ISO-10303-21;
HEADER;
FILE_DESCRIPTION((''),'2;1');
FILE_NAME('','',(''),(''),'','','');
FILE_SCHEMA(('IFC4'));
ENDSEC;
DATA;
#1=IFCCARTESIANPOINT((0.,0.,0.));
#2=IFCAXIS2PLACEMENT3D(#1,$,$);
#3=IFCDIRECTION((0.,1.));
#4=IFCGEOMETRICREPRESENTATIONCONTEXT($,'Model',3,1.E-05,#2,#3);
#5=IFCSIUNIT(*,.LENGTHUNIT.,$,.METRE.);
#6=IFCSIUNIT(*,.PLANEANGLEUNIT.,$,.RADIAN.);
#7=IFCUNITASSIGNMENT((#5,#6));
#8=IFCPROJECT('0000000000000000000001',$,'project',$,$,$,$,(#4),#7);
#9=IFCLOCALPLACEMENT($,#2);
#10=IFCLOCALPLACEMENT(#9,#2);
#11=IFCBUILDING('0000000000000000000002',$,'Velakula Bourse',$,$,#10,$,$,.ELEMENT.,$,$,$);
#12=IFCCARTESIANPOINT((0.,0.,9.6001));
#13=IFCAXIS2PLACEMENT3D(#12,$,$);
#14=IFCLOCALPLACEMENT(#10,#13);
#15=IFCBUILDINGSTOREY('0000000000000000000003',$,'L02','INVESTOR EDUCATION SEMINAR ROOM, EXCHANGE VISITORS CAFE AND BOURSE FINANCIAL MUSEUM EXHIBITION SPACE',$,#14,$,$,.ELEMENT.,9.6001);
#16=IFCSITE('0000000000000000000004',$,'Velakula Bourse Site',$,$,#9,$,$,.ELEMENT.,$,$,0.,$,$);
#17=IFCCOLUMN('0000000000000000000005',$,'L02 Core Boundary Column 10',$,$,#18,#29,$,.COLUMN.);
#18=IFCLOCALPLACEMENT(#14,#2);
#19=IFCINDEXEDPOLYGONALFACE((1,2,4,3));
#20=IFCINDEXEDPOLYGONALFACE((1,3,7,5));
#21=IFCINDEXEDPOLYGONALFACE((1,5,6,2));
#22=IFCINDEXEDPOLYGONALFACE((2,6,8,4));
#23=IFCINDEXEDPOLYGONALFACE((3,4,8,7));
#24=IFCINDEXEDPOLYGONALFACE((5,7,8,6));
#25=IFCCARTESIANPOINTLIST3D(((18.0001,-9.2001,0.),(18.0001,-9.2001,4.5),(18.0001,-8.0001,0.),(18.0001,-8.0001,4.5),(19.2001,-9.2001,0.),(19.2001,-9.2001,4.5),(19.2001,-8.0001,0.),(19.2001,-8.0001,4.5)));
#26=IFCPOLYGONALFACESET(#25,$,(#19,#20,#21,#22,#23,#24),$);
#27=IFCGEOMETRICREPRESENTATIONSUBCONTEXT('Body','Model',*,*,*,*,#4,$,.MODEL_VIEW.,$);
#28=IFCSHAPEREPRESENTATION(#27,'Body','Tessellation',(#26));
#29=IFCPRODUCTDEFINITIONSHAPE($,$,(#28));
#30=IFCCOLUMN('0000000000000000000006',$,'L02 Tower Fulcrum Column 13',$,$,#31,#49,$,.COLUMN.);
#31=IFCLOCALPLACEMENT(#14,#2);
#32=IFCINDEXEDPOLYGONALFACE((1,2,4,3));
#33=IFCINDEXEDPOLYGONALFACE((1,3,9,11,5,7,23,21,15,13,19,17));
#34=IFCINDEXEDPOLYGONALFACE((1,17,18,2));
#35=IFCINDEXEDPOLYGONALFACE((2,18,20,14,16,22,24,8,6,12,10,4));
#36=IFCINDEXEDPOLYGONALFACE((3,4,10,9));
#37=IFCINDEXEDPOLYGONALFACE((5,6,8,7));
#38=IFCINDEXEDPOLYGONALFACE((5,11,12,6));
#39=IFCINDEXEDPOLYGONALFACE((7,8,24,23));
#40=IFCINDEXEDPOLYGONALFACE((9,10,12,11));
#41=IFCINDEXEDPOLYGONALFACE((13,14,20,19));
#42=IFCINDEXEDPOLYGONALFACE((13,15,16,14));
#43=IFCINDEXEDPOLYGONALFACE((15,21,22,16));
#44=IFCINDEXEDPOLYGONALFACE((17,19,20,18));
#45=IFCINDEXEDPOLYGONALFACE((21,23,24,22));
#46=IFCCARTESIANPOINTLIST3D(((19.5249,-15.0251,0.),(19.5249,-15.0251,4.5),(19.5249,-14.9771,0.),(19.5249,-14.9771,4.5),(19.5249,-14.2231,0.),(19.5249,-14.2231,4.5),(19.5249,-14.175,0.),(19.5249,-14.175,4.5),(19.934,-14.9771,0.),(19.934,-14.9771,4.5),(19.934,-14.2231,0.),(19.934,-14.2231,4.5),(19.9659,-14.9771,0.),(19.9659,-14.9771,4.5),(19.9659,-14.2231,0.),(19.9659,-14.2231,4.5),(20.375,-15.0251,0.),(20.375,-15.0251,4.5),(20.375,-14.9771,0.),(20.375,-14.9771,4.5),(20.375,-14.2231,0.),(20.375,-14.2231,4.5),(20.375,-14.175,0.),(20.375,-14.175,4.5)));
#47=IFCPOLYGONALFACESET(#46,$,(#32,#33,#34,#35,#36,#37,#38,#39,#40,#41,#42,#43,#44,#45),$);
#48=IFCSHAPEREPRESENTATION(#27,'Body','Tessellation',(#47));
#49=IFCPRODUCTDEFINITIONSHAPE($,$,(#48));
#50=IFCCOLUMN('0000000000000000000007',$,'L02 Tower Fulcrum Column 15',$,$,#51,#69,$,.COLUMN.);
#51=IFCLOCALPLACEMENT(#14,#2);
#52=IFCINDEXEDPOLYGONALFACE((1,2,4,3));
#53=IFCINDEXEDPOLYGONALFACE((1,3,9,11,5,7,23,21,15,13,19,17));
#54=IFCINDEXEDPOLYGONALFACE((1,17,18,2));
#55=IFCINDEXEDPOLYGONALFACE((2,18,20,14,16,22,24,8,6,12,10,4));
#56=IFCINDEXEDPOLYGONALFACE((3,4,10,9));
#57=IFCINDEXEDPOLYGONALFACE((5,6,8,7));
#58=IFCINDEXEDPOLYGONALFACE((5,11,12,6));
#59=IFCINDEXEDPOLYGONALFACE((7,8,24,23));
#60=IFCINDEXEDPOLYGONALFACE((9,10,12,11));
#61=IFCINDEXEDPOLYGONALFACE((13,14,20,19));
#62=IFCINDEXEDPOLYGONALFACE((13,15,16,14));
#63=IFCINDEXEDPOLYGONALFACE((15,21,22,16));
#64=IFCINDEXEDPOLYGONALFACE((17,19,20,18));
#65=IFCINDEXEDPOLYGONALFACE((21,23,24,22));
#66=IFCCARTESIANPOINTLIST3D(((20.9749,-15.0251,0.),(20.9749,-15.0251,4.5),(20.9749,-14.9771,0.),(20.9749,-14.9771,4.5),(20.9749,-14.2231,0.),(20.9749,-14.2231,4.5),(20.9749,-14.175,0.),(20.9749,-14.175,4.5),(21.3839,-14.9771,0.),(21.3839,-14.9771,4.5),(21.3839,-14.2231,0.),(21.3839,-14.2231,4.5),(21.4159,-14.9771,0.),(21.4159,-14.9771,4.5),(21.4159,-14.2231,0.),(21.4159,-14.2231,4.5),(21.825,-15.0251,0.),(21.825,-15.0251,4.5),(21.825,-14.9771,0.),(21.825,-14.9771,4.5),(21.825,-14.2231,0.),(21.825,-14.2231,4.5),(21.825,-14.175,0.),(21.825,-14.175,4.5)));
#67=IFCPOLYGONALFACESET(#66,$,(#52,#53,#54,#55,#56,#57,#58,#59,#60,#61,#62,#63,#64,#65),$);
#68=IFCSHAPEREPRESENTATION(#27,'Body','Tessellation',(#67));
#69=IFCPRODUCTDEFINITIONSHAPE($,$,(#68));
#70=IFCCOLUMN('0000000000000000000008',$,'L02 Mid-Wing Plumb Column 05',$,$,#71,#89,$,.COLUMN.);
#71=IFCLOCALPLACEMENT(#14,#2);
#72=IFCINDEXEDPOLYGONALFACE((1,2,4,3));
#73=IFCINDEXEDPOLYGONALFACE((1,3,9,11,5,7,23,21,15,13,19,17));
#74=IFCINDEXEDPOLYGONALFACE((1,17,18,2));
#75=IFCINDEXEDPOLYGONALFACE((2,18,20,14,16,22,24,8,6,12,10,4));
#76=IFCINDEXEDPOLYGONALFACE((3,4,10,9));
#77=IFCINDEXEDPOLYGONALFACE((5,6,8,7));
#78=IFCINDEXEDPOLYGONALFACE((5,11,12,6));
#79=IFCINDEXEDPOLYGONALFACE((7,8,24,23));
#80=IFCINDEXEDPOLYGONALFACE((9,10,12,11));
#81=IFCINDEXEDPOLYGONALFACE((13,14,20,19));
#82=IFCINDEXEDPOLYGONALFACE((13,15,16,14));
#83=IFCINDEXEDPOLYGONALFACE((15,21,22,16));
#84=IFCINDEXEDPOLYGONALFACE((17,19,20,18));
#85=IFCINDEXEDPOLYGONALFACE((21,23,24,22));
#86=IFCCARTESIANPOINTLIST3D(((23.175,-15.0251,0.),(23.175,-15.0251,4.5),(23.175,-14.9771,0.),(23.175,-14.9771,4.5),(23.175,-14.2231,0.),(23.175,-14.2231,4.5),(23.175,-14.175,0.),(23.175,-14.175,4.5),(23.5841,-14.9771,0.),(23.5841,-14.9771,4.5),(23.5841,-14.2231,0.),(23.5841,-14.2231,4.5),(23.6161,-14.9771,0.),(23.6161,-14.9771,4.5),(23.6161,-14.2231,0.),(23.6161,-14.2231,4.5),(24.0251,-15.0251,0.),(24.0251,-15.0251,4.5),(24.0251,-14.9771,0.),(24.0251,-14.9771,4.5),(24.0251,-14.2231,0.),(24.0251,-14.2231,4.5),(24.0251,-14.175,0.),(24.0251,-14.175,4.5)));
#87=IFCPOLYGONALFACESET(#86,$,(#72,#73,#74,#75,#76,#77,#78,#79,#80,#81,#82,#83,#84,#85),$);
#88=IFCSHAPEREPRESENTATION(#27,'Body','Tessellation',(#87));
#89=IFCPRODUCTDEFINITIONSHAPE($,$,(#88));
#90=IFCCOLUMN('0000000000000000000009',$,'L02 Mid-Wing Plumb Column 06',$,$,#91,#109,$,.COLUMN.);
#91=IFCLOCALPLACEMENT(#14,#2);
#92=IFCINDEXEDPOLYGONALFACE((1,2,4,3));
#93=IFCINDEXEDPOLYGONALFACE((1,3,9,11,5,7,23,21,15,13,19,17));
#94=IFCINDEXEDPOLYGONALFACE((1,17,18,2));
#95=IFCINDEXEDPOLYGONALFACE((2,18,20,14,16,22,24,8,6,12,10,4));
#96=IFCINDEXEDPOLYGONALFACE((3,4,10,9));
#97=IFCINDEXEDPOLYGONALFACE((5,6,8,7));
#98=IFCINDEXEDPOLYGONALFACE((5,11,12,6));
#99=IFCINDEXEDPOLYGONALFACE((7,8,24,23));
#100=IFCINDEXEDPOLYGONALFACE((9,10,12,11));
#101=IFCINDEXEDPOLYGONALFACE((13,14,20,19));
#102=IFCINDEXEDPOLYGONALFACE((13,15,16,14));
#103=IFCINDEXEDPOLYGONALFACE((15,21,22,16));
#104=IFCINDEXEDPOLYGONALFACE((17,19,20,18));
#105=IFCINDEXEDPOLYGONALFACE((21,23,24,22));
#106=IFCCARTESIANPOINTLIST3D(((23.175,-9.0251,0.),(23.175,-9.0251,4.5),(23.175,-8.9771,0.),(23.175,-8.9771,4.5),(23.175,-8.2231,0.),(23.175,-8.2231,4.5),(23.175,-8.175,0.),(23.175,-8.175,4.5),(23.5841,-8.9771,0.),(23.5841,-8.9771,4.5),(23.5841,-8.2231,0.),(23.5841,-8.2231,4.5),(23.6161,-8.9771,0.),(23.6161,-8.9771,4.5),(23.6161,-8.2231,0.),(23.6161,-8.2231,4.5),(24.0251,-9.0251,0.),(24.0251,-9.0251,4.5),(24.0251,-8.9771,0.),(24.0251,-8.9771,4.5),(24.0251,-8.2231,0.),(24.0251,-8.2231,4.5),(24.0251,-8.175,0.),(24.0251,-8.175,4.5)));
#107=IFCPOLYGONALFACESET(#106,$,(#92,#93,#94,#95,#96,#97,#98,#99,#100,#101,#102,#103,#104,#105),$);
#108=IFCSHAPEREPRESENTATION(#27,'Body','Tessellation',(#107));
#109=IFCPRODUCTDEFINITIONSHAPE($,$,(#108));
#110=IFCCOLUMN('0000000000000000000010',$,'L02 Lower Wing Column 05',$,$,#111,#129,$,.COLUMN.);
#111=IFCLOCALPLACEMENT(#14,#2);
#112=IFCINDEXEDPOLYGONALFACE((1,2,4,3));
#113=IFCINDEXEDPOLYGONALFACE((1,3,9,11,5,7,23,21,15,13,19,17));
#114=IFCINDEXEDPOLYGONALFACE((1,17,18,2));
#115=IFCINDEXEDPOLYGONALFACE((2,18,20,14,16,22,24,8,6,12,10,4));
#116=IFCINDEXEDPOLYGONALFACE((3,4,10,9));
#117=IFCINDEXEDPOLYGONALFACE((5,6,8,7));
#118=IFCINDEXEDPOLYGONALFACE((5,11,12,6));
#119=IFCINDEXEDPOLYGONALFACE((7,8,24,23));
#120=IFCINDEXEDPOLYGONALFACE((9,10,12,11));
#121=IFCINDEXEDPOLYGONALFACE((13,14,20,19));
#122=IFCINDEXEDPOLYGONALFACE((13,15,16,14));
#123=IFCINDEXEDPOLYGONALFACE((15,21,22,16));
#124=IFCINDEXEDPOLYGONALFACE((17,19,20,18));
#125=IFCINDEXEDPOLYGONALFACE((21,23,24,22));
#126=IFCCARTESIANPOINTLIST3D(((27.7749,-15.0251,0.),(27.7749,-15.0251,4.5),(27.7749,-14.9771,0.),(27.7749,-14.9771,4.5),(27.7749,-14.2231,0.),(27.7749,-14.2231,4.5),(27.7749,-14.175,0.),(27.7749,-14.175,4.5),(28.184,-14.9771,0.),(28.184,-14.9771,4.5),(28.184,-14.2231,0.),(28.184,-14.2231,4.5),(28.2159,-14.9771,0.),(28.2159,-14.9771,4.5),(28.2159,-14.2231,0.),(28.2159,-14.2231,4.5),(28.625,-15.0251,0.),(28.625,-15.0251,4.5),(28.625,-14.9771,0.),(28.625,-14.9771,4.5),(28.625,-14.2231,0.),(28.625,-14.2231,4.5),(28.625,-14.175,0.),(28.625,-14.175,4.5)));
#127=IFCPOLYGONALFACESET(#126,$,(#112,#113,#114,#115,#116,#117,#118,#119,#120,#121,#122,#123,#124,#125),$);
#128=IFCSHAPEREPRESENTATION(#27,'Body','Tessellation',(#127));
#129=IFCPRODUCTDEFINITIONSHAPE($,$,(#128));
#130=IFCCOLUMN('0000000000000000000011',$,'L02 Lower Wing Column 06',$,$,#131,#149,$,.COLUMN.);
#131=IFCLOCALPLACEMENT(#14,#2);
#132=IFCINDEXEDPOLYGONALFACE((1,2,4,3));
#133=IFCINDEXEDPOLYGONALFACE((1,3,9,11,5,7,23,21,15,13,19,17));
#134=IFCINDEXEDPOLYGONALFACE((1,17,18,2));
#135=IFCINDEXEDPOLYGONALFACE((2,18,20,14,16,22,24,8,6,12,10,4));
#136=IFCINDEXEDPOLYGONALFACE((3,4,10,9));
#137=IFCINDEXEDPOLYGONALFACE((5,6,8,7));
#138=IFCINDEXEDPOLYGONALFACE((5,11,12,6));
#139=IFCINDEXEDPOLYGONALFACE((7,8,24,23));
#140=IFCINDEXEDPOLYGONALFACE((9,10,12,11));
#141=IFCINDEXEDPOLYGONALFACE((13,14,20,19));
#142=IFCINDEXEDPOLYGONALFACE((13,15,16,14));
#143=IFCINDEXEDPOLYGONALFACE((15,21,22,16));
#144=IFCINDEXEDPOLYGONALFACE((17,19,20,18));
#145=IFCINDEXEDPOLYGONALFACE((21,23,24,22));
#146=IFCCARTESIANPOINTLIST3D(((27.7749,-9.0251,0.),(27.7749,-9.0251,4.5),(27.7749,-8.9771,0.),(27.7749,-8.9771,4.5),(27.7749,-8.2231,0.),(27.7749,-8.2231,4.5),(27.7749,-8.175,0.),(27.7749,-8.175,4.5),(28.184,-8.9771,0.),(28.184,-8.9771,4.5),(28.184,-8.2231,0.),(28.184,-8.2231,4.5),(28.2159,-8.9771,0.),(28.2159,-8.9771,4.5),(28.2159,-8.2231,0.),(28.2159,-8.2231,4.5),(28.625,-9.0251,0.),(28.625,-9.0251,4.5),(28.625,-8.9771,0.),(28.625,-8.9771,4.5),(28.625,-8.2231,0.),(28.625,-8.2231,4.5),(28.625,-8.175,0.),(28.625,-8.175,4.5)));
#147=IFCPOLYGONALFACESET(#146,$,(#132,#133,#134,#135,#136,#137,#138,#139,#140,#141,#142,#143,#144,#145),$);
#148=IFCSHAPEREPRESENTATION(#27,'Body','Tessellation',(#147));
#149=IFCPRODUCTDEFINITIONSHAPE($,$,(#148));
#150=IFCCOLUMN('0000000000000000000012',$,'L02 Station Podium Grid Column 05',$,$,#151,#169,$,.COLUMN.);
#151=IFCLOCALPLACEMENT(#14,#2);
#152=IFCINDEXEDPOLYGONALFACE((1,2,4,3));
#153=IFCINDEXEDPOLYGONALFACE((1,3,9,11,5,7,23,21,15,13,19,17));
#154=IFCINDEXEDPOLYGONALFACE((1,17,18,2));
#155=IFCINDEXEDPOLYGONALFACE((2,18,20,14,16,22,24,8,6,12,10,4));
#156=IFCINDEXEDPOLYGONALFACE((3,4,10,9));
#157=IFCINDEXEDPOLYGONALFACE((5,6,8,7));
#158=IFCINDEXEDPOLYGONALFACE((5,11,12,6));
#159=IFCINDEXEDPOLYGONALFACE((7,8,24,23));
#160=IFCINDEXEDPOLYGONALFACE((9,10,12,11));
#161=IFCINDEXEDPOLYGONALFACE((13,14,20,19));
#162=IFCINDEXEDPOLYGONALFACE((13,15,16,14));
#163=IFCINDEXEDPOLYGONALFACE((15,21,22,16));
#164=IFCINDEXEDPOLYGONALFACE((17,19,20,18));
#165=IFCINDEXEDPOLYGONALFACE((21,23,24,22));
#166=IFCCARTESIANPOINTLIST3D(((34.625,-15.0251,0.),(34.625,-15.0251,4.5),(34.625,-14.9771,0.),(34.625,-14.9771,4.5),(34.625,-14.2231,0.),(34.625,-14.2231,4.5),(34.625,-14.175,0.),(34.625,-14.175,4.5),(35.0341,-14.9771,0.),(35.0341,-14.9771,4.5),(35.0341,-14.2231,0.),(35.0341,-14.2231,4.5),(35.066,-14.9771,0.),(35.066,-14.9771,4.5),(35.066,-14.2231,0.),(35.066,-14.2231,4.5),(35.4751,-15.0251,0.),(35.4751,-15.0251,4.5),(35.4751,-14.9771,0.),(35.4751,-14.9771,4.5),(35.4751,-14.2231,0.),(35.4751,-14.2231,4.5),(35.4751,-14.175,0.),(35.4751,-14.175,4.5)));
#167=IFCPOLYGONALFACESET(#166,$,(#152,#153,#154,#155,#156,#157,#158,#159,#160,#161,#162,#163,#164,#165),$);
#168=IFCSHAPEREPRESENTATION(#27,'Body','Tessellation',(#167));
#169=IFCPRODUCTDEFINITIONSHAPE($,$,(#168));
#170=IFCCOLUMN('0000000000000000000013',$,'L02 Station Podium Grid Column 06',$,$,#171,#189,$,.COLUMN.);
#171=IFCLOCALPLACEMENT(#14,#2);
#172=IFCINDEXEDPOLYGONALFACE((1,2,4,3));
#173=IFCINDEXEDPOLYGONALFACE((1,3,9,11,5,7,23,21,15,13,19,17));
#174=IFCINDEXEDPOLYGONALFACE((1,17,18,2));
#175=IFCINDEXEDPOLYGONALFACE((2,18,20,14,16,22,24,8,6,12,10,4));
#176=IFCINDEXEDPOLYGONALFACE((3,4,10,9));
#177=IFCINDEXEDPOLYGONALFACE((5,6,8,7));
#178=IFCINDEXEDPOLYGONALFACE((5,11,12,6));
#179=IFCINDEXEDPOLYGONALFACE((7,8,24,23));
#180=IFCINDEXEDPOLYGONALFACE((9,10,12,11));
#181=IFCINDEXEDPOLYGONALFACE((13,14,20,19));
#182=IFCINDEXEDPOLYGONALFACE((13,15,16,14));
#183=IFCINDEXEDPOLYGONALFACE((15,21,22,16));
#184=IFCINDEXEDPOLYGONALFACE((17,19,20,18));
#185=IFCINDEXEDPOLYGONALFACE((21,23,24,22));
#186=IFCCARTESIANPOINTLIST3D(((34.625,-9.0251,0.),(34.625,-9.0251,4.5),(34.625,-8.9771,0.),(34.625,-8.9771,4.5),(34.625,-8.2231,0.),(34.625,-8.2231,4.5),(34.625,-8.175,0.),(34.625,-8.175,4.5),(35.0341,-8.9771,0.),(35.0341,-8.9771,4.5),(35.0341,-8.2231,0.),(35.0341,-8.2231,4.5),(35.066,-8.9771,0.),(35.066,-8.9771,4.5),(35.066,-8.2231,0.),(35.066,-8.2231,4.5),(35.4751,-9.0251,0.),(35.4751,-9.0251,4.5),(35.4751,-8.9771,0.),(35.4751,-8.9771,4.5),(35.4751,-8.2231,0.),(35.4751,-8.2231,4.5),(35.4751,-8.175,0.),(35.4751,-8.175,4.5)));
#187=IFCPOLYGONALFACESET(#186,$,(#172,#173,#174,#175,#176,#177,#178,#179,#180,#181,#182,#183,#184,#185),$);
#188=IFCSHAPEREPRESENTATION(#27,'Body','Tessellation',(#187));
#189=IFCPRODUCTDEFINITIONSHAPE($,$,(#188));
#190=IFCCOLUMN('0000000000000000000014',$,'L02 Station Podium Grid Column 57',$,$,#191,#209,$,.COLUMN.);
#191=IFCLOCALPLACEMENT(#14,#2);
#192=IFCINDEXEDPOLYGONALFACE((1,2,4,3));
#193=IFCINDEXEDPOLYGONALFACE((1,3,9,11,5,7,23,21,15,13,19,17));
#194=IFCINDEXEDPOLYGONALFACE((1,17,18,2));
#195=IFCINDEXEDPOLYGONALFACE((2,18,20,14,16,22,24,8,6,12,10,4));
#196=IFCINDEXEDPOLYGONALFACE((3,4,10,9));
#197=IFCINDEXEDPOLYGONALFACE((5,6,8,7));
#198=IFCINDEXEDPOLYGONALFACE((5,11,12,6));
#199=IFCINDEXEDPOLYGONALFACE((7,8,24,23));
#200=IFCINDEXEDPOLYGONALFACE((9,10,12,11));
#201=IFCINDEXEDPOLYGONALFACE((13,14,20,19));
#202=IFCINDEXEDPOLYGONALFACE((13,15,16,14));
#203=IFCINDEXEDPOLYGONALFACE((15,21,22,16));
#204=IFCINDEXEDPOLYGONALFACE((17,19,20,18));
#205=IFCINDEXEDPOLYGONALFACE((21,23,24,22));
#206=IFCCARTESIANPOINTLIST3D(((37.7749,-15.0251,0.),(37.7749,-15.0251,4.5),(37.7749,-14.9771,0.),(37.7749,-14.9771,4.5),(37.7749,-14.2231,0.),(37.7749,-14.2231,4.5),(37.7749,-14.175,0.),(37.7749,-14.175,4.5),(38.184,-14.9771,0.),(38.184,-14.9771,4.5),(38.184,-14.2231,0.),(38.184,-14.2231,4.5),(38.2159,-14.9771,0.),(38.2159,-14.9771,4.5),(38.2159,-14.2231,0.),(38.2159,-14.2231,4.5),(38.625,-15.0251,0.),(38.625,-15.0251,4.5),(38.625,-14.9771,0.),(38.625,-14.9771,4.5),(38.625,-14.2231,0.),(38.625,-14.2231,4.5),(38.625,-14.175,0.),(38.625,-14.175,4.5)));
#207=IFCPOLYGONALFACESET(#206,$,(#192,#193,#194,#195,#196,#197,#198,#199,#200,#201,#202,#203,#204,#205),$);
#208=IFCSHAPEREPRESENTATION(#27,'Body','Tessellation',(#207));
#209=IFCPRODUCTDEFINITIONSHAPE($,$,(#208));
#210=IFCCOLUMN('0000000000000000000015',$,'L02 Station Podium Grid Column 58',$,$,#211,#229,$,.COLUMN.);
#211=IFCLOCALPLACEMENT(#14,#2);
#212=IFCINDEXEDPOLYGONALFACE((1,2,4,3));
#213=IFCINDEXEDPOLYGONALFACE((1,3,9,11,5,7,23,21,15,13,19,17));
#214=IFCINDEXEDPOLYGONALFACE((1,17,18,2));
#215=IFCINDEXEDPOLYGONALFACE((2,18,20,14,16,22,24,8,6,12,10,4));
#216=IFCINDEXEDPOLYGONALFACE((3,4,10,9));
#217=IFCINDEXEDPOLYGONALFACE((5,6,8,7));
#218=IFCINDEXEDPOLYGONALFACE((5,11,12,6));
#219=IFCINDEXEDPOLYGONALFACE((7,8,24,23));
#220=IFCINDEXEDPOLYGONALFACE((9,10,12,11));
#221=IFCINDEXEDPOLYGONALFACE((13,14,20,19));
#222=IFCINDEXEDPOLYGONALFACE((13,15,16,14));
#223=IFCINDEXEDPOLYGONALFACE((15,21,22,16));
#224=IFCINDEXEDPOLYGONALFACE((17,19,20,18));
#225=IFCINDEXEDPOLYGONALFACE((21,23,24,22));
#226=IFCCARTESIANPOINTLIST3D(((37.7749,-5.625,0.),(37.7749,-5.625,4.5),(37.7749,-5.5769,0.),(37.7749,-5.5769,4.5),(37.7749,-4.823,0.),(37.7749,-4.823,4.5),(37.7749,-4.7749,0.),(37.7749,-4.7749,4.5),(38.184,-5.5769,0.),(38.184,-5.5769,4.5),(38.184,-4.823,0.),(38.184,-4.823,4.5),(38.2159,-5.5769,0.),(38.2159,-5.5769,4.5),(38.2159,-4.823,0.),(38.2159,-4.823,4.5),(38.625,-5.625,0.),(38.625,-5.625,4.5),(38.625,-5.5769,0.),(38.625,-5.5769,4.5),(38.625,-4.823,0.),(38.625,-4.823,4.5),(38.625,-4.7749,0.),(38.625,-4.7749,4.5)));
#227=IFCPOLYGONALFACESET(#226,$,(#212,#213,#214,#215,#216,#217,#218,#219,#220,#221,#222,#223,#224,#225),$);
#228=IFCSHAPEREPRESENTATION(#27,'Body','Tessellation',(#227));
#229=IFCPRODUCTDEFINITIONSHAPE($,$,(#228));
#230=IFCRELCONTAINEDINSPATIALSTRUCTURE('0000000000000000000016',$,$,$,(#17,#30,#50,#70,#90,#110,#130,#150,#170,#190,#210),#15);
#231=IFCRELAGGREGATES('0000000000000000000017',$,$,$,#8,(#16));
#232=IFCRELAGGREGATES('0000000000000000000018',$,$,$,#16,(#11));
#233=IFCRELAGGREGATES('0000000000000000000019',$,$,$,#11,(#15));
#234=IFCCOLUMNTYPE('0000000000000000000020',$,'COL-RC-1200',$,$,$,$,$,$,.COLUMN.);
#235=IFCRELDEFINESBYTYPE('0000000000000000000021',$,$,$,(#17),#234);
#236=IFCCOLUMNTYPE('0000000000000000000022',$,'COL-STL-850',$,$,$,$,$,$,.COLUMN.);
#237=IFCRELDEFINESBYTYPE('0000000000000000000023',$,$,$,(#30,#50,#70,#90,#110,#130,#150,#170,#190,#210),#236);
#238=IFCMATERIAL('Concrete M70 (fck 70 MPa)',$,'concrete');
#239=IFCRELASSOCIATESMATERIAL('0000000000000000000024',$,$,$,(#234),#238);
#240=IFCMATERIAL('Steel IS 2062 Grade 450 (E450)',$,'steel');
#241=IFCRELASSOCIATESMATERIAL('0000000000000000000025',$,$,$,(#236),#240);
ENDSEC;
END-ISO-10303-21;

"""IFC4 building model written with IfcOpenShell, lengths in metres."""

from ifc_helpers import new_model, si_unit, direction, frame, origin, origin_2d, place, context, subcontext, project, spatial, rectangle, i_section, extrude, material, material_profile, profile_set, type_object, element, save


model = new_model("IFC4")

# Units and contexts
model_context = context("Model", 3, precision=1e-05, world=origin(), true_north=direction((0.0, 1.0)))
body_context = subcontext(model_context, "Body", "Model", "MODEL_VIEW")
ifc_project = project(units=[si_unit("LENGTHUNIT", "METRE"), si_unit("PLANEANGLEUNIT", "RADIAN")], contexts=[model_context])

# Site, building, storey
site_placement = place(None, origin())
site = spatial("IfcSite", under=ifc_project, at=site_placement, Name="Velakula Bourse Site", CompositionType="ELEMENT", RefElevation=0.0)
building_placement = place(site_placement, origin())
building = spatial("IfcBuilding", under=site, at=building_placement, Name="Velakula Bourse", CompositionType="ELEMENT")
storey_placement = place(building_placement, frame((0.0, 0.0, 9.6001)))
storey = spatial("IfcBuildingStorey", under=building, at=storey_placement, Name="L02", Description="INVESTOR EDUCATION SEMINAR ROOM, EXCHANGE VISITORS CAFE AND BOURSE FINANCIAL MUSEUM EXHIBITION SPACE", CompositionType="ELEMENT", Elevation=9.6001)

# Columns
ifc_material_1 = material(Name="Concrete M70 (fck 70 MPa)", Category="concrete")
ifc_material_profile_1 = material_profile(ifc_material_1, rectangle(XDim=1.2, YDim=1.2, at=origin_2d()), Name="Concrete M70 (fck 70 MPa)")
ifc_profile_set_1 = profile_set([ifc_material_profile_1], Name="Concrete M70 (fck 70 MPa)")
column_type_1 = type_object("IfcColumnType", Name="COL-RC-1200", PredefinedType="COLUMN", material=ifc_profile_set_1)
column_placement = place(storey_placement, frame((18.6001, -8.6001, 0.0), z_axis=(0.0, 0.0, 1.0), x_axis=(1.0, 0.0, 0.0)))
element("IfcColumn", 1, at=column_placement, inside=storey, type_object=column_type_1, Name="L02 Core Boundary Column 10", PredefinedType="COLUMN", context=body_context, shape_type="SweptSolid", body=[
    extrude(rectangle(XDim=1.2, YDim=1.2, at=origin_2d()), origin(), (0.0, 0.0, 1.0), 4.5),
])
ifc_material_2 = material(Name="Steel IS 2062 Grade 450 (E450)", Category="steel")
ifc_material_profile_2 = material_profile(ifc_material_2, i_section(OverallWidth=0.8501, OverallDepth=0.8501, WebThickness=0.032, FlangeThickness=0.0481, at=origin_2d()), Name="Steel IS 2062 Grade 450 (E450)")
ifc_profile_set_2 = profile_set([ifc_material_profile_2], Name="Steel IS 2062 Grade 450 (E450)")
column_type_2 = type_object("IfcColumnType", Name="COL-STL-850", PredefinedType="COLUMN", material=ifc_profile_set_2)
for number, where, z_axis, x_axis, name in (
    (2, (19.95, -14.6001, 0.0), (0.0, 0.0, 1.0), (1.0, 0.0, 0.0), "L02 Tower Fulcrum Column 13"),
    (3, (21.3999, -14.6001, 0.0), (0.0, 0.0, 1.0), (1.0, 0.0, 0.0), "L02 Tower Fulcrum Column 15"),
    (4, (23.6001, -14.6001, 0.0), (0.0, 0.0, 1.0), (1.0, 0.0, 0.0), "L02 Mid-Wing Plumb Column 05"),
    (5, (23.6001, -8.6001, 0.0), (0.0, 0.0, 1.0), (1.0, 0.0, 0.0), "L02 Mid-Wing Plumb Column 06"),
    (6, (28.2, -14.6001, 0.0), (0.0, 0.0, 1.0), (1.0, 0.0, 0.0), "L02 Lower Wing Column 05"),
    (7, (28.2, -8.6001, 0.0), (0.0, 0.0, 1.0), (1.0, 0.0, 0.0), "L02 Lower Wing Column 06"),
    (8, (35.05, -14.6001, 0.0), (0.0, 0.0, 1.0), (1.0, 0.0, 0.0), "L02 Station Podium Grid Column 05"),
    (9, (35.05, -8.6001, 0.0), (0.0, 0.0, 1.0), (1.0, 0.0, 0.0), "L02 Station Podium Grid Column 06"),
    (10, (38.2, -14.6001, 0.0), (0.0, 0.0, 1.0), (1.0, 0.0, 0.0), "L02 Station Podium Grid Column 57"),
    (11, (38.2, -5.2, 0.0), (0.0, 0.0, 1.0), (1.0, 0.0, 0.0), "L02 Station Podium Grid Column 58"),
):
    element("IfcColumn", number, at=place(storey_placement, frame(where, z_axis=z_axis, x_axis=x_axis)), inside=storey, type_object=column_type_2, Name=name, PredefinedType="COLUMN", context=body_context, shape_type="SweptSolid", body=[
        extrude(i_section(OverallWidth=0.8501, OverallDepth=0.8501, WebThickness=0.032, FlangeThickness=0.0481, at=origin_2d()), origin(), (0.0, 0.0, 1.0), 4.5),
    ])

save(model, "model.ifc")
